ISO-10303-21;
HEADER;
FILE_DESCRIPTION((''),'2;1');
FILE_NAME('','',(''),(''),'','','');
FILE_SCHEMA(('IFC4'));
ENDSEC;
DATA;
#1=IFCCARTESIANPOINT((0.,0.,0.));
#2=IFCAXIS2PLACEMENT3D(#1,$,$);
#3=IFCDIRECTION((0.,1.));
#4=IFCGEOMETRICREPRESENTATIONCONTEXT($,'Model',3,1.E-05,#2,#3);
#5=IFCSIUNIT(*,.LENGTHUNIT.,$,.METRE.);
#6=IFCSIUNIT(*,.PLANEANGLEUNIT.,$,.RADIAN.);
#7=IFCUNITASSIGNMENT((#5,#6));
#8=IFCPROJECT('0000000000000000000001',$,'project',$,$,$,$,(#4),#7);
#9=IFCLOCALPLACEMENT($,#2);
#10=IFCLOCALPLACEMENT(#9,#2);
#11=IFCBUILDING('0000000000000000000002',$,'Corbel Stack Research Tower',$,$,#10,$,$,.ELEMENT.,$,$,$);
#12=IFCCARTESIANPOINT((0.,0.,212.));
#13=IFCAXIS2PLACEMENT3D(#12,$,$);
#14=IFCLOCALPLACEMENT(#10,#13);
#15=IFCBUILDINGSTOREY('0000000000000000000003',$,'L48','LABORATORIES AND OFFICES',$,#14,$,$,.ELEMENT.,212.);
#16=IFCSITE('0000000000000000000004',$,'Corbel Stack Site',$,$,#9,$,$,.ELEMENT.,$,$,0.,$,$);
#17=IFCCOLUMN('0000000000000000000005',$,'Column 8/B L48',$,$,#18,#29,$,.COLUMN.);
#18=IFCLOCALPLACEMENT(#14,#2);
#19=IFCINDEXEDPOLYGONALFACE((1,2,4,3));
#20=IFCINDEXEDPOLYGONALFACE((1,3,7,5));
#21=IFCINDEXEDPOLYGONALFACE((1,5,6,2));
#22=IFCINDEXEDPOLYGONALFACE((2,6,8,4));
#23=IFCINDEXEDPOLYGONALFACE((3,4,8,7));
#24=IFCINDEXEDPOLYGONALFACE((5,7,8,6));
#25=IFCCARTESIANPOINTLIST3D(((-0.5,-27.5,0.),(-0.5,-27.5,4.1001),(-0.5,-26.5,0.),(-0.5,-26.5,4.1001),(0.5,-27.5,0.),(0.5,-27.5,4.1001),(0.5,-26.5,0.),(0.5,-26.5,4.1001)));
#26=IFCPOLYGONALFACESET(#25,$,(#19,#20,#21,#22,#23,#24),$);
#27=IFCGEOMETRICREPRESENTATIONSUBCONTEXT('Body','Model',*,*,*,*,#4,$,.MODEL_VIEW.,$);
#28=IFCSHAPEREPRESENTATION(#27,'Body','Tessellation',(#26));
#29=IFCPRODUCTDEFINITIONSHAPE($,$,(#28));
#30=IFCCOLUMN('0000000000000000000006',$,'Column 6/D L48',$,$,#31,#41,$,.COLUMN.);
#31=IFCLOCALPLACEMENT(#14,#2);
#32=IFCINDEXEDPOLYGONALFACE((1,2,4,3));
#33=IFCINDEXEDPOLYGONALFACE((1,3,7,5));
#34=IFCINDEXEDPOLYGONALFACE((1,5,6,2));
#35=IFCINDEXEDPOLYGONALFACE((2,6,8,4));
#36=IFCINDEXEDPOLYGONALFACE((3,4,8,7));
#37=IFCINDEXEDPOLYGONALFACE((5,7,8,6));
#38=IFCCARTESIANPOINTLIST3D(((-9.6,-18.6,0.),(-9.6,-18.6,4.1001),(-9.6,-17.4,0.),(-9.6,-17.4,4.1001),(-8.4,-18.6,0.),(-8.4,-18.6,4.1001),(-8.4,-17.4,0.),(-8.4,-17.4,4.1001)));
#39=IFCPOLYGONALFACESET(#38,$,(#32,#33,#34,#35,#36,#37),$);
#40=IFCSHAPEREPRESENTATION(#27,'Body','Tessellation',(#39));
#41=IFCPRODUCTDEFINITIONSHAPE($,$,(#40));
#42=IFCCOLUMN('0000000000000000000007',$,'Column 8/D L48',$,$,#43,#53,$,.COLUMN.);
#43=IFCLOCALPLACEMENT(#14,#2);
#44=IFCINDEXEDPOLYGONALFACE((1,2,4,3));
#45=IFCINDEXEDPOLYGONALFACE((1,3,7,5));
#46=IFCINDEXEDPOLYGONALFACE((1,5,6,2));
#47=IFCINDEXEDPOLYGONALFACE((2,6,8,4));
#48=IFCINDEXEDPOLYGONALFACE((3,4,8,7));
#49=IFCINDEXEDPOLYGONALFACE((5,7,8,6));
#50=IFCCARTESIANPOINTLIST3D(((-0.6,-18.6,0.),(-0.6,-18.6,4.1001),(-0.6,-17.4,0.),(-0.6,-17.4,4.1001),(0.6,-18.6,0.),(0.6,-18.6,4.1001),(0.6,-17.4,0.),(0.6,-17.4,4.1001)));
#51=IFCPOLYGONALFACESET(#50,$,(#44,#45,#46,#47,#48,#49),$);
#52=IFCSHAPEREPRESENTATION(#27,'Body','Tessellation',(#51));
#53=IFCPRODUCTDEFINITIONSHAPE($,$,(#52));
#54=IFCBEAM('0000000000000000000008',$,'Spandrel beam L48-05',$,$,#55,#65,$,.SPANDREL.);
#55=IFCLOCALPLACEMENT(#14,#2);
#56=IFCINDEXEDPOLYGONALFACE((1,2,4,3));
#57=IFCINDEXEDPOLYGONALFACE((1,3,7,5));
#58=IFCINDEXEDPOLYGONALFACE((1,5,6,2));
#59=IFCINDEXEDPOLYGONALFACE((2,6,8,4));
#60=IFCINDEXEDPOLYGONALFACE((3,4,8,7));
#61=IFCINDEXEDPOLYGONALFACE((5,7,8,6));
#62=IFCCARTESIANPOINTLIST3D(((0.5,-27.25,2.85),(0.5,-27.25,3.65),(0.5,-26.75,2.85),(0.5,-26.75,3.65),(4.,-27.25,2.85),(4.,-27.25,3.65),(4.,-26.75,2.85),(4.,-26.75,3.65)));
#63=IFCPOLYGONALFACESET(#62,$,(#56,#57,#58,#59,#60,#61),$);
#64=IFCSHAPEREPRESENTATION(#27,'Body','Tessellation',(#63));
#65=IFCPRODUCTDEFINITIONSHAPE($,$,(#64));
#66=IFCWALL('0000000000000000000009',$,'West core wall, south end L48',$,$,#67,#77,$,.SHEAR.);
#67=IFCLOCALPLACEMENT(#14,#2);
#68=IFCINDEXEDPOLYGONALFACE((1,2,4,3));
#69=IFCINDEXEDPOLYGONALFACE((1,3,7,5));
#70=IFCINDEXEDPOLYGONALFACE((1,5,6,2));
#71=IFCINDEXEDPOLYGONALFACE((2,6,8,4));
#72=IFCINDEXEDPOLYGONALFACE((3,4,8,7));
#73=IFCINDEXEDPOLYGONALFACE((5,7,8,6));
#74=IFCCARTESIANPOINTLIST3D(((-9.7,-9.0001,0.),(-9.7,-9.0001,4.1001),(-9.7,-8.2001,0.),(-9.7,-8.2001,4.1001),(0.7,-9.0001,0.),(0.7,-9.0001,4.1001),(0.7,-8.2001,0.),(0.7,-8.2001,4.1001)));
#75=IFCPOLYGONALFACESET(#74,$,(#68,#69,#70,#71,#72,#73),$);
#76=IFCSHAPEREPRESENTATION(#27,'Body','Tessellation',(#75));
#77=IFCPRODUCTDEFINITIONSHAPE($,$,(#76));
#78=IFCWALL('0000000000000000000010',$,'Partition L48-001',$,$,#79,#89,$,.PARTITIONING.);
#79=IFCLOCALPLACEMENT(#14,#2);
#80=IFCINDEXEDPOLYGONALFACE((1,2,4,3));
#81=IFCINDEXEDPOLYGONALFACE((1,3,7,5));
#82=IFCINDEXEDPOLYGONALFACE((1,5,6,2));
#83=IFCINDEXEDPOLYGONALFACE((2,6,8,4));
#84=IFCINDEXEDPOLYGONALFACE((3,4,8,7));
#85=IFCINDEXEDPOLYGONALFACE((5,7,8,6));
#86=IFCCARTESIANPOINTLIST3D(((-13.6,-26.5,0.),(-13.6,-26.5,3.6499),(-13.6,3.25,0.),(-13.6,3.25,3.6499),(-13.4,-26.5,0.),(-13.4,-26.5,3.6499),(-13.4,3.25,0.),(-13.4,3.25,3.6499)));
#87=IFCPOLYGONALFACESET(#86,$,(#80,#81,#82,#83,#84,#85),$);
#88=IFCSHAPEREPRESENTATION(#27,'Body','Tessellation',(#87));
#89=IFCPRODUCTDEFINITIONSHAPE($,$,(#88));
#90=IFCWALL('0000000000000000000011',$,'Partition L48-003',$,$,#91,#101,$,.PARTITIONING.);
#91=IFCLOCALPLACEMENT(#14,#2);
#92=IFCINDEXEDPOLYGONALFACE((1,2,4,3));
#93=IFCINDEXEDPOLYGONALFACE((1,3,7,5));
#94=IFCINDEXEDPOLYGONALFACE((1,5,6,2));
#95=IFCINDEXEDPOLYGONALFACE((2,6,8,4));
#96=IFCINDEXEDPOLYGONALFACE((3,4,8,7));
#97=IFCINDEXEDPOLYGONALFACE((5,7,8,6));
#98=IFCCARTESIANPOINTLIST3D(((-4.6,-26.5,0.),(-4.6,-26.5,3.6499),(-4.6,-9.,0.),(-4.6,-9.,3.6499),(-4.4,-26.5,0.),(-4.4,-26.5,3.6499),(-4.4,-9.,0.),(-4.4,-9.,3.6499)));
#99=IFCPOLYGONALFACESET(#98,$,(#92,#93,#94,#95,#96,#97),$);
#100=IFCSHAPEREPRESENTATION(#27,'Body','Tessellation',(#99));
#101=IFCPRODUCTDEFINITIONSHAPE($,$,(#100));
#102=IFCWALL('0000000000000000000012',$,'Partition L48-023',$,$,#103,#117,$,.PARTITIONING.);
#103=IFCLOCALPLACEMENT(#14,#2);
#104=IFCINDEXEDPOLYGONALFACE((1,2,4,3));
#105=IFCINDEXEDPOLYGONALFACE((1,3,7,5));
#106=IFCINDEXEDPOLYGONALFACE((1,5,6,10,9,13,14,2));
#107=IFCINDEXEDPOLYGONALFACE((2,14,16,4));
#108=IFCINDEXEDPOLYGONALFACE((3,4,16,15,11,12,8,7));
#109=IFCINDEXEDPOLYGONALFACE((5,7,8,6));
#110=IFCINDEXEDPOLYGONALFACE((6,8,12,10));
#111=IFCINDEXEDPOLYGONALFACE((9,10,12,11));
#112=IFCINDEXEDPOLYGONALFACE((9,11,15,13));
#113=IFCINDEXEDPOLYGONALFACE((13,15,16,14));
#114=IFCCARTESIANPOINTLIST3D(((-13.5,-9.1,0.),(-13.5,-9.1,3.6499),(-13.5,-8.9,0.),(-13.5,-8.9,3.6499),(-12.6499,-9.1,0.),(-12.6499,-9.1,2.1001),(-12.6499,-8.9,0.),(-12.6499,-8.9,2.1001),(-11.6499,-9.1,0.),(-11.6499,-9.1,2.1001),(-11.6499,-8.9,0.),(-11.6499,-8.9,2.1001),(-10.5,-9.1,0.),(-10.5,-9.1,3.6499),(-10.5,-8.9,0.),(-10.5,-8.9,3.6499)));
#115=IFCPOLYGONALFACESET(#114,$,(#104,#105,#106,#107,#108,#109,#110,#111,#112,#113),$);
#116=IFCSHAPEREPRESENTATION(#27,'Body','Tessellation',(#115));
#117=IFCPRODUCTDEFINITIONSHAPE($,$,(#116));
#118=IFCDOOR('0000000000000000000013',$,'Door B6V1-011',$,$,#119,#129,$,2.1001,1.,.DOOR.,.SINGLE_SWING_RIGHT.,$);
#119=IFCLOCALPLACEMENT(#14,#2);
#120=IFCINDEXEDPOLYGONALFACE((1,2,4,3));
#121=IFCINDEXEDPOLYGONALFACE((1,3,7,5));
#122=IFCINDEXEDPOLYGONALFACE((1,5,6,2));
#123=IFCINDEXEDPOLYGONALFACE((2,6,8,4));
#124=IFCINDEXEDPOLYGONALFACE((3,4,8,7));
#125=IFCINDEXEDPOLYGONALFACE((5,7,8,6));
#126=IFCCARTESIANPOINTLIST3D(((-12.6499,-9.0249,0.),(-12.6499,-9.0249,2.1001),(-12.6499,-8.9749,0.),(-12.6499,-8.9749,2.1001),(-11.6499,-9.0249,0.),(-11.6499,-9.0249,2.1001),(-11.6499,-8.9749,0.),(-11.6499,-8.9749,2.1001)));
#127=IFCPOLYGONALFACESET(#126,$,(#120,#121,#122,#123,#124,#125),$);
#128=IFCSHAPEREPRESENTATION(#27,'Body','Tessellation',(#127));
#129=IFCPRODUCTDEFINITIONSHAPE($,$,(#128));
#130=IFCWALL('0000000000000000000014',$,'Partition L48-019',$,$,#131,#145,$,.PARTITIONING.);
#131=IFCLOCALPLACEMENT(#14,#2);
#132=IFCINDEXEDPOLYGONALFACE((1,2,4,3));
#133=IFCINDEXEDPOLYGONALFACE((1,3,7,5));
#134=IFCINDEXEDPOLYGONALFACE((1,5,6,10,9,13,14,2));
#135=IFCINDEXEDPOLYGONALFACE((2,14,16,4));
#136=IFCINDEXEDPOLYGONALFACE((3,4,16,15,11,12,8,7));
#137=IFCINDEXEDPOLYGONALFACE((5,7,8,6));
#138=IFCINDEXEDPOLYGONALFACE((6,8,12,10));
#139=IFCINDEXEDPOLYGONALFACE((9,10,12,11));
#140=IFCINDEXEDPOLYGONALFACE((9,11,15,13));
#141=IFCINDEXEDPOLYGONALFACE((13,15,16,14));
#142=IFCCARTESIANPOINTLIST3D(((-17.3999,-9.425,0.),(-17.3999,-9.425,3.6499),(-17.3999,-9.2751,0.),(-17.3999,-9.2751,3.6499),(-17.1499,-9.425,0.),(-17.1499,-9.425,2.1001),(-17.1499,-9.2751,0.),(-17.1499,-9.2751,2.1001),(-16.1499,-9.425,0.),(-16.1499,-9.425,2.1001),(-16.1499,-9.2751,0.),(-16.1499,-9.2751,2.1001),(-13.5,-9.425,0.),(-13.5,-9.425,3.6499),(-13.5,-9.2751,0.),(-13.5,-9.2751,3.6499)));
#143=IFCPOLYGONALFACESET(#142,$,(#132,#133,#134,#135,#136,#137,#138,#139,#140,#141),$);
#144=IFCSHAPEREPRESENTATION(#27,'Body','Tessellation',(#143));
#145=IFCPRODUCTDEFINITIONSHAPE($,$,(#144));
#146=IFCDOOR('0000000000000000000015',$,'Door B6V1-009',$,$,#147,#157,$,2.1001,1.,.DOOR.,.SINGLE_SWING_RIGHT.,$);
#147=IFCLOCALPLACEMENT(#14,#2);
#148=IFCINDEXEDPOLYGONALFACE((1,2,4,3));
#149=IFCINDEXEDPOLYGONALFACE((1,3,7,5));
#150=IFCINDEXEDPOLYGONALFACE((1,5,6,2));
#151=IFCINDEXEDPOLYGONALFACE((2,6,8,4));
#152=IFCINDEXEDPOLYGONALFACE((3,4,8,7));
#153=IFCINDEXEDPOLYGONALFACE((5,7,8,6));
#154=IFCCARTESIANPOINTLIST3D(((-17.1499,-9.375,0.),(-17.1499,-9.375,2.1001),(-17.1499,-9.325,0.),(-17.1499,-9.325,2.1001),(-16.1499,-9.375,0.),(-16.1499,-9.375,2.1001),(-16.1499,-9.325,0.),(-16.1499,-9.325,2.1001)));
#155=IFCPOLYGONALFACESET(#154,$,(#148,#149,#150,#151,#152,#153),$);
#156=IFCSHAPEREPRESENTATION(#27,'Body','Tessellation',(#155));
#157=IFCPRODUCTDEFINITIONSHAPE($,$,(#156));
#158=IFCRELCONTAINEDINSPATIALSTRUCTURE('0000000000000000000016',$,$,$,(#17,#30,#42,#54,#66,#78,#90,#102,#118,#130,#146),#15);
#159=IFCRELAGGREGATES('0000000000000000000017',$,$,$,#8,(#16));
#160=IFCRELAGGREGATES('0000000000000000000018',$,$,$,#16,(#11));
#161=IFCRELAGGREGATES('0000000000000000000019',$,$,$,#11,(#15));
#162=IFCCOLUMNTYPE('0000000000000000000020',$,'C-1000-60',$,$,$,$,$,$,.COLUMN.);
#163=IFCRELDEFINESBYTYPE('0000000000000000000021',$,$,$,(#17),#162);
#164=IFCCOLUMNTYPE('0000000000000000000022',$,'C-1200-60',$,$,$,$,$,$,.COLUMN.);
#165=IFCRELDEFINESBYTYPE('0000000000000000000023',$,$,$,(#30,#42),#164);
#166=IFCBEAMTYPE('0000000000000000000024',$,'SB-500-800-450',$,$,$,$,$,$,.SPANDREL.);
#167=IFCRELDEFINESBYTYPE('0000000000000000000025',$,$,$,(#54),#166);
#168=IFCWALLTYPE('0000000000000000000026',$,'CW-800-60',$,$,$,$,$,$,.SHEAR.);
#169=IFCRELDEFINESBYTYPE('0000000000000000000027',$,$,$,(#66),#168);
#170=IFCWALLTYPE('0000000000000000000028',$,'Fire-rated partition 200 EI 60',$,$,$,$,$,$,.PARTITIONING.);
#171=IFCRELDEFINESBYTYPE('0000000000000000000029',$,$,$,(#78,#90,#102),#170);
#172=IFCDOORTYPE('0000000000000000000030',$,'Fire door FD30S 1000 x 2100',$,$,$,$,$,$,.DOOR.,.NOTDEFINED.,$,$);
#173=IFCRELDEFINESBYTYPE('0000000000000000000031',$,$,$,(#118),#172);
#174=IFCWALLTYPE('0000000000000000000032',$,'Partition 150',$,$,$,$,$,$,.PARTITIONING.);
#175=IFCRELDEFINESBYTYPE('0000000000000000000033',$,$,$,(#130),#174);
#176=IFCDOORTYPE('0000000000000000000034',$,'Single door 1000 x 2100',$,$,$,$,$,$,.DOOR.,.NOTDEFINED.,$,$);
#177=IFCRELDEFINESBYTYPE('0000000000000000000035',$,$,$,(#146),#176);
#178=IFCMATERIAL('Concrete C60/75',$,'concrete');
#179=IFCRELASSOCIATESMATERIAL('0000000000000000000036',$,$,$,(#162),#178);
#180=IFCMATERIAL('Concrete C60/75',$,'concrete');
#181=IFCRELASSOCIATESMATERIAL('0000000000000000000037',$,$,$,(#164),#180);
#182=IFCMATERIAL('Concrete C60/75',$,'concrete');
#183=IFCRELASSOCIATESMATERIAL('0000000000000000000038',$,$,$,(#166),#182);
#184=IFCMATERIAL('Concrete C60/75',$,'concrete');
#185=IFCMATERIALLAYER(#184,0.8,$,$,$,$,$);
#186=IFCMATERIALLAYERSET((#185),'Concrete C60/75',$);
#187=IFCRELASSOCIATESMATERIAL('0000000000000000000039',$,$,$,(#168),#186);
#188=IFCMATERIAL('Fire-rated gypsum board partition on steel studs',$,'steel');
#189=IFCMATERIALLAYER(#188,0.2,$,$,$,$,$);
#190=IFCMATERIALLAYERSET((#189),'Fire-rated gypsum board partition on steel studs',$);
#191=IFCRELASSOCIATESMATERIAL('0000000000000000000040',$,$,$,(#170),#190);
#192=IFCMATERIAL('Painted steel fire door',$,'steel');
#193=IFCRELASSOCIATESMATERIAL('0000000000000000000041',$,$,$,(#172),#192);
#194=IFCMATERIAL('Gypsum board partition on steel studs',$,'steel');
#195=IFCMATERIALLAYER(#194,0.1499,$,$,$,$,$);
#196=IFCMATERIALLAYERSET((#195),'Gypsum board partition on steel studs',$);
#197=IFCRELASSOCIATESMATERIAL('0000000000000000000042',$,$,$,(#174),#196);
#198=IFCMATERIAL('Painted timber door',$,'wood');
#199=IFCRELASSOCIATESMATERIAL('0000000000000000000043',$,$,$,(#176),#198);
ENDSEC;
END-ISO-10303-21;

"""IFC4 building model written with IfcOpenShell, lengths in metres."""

from ifc_helpers import new_model, si_unit, direction, frame, frame_2d, origin, origin_2d, place, context, subcontext, project, spatial, rectangle, extrude, material, layer, layer_set, material_profile, profile_set, type_object, element, fill, save


model = new_model("IFC4")

# Units and contexts
model_context = context("Model", 3, precision=1e-05, world=origin(), true_north=direction((0.0, 1.0)))
body_context = subcontext(model_context, "Body", "Model", "MODEL_VIEW")
ifc_project = project(units=[si_unit("LENGTHUNIT", "METRE"), si_unit("PLANEANGLEUNIT", "RADIAN")], contexts=[model_context])

# Site, building, storey
site_placement = place(None, origin())
site = spatial("IfcSite", under=ifc_project, at=site_placement, Name="Corbel Stack Site", CompositionType="ELEMENT", RefElevation=0.0)
building_placement = place(site_placement, origin())
building = spatial("IfcBuilding", under=site, at=building_placement, Name="Corbel Stack Research Tower", CompositionType="ELEMENT")
storey_placement = place(building_placement, frame((0.0, 0.0, 212.0)))
storey = spatial("IfcBuildingStorey", under=building, at=storey_placement, Name="L48", Description="LABORATORIES AND OFFICES", CompositionType="ELEMENT", Elevation=212.0)

# Columns
ifc_material_1 = material(Name="Concrete C60/75", Category="concrete")
ifc_material_profile_1 = material_profile(ifc_material_1, rectangle(XDim=1.0, YDim=1.0, at=origin_2d()), Name="RC 1000 x 1000")
ifc_profile_set_1 = profile_set([ifc_material_profile_1], Name="Concrete C60/75")
column_type_1 = type_object("IfcColumnType", Name="C-1000-60", PredefinedType="COLUMN", material=ifc_profile_set_1)
column_placement = place(storey_placement, frame((0.0, -27.0, 0.0), z_axis=(0.0, 0.0, 1.0), x_axis=(1.0, 0.0, 0.0)))
element("IfcColumn", 1, at=column_placement, inside=storey, type_object=column_type_1, Name="Column 8/B L48", PredefinedType="COLUMN", context=body_context, shape_type="SweptSolid", body=[
    extrude(rectangle(XDim=1.0, YDim=1.0, at=origin_2d()), origin(), (0.0, 0.0, 1.0), 4.1001),
])
ifc_material_2 = material(Name="Concrete C60/75", Category="concrete")
ifc_material_profile_2 = material_profile(ifc_material_2, rectangle(XDim=1.2, YDim=1.2, at=origin_2d()), Name="RC 1200 x 1200")
ifc_profile_set_2 = profile_set([ifc_material_profile_2], Name="Concrete C60/75")
column_type_2 = type_object("IfcColumnType", Name="C-1200-60", PredefinedType="COLUMN", material=ifc_profile_set_2)
for number, where, z_axis, x_axis, name in (
    (2, (-9.0, -18.0, 0.0), (0.0, 0.0, 1.0), (1.0, 0.0, 0.0), "Column 6/D L48"),
    (3, (0.0, -18.0, 0.0), (0.0, 0.0, 1.0), (1.0, 0.0, 0.0), "Column 8/D L48"),
):
    element("IfcColumn", number, at=place(storey_placement, frame(where, z_axis=z_axis, x_axis=x_axis)), inside=storey, type_object=column_type_2, Name=name, PredefinedType="COLUMN", context=body_context, shape_type="SweptSolid", body=[
        extrude(rectangle(XDim=1.2, YDim=1.2, at=origin_2d()), origin(), (0.0, 0.0, 1.0), 4.1001),
    ])

# Beam
ifc_material_3 = material(Name="Concrete C60/75", Category="concrete")
ifc_material_profile_3 = material_profile(ifc_material_3, rectangle(XDim=0.5, YDim=0.8, at=origin_2d()), Name="RC 500 x 800")
ifc_profile_set_3 = profile_set([ifc_material_profile_3], Name="Concrete C60/75")
beam_type = type_object("IfcBeamType", Name="SB-500-800-450", PredefinedType="SPANDREL", material=ifc_profile_set_3)
beam_placement = place(storey_placement, frame((0.5, -27.0, 3.25), z_axis=(1.0, 0.0, 0.0), x_axis=(0.0, 1.0, 0.0)))
element("IfcBeam", 4, at=beam_placement, inside=storey, type_object=beam_type, Name="Spandrel beam L48-05", PredefinedType="SPANDREL", context=body_context, shape_type="SweptSolid", body=[
    extrude(rectangle(XDim=0.5, YDim=0.8, at=origin_2d()), origin(), (0.0, 0.0, 1.0), 3.5),
])

# Shared definitions
ifc_material_4 = material(Name="Concrete C60/75", Category="concrete")
ifc_layer_1 = layer(ifc_material_4, 0.8)
ifc_layer_set_1 = layer_set([ifc_layer_1], Name="Concrete C60/75")
wall_type_1 = type_object("IfcWallType", Name="CW-800-60", PredefinedType="SHEAR", material=ifc_layer_set_1)

# Walls
wall_1_placement = place(storey_placement, frame((-9.7, -8.6001, 0.0), z_axis=(0.0, 0.0, 1.0), x_axis=(1.0, 0.0, 0.0)))
element("IfcWall", 5, at=wall_1_placement, inside=storey, type_object=wall_type_1, Name="West core wall, south end L48", PredefinedType="SHEAR", context=body_context, shape_type="SweptSolid", body=[
    extrude(rectangle(XDim=10.3999, YDim=0.8, at=frame_2d((5.2, 0.0))), origin(), (0.0, 0.0, 1.0), 4.1001),
])
ifc_material_5 = material(Name="Fire-rated gypsum board partition on steel studs", Category="steel")
ifc_layer_2 = layer(ifc_material_5, 0.2)
ifc_layer_set_2 = layer_set([ifc_layer_2], Name="Fire-rated gypsum board partition on steel studs")
wall_type_2 = type_object("IfcWallType", Name="Fire-rated partition 200 EI 60", PredefinedType="PARTITIONING", material=ifc_layer_set_2)
wall_2_placement = place(storey_placement, frame((-13.5, -26.5, 0.0), z_axis=(0.0, 0.0, 1.0), x_axis=(0.0, 1.0, 0.0)))
element("IfcWall", 6, at=wall_2_placement, inside=storey, type_object=wall_type_2, Name="Partition L48-001", PredefinedType="PARTITIONING", context=body_context, shape_type="SweptSolid", body=[
    extrude(rectangle(XDim=29.75, YDim=0.2, at=frame_2d((14.875, 0.0))), origin(), (0.0, 0.0, 1.0), 3.6499),
])
wall_3_placement = place(storey_placement, frame((-4.5, -26.5, 0.0), z_axis=(0.0, 0.0, 1.0), x_axis=(0.0, 1.0, 0.0)))
element("IfcWall", 7, at=wall_3_placement, inside=storey, type_object=wall_type_2, Name="Partition L48-003", PredefinedType="PARTITIONING", context=body_context, shape_type="SweptSolid", body=[
    extrude(rectangle(XDim=17.5, YDim=0.2, at=frame_2d((8.75, 0.0))), origin(), (0.0, 0.0, 1.0), 3.6499),
])

# Walls, openings, doors
wall_4_placement = place(storey_placement, frame((-10.5, -9.0, 0.0), z_axis=(0.0, 0.0, 1.0), x_axis=(-1.0, 0.0, 0.0)))
wall_4 = element("IfcWall", 8, at=wall_4_placement, inside=storey, type_object=wall_type_2, Name="Partition L48-023", PredefinedType="PARTITIONING", context=body_context, shape_type="SweptSolid", body=[
    extrude(rectangle(XDim=3.0, YDim=0.2, at=frame_2d((1.5, 0.0))), origin(), (0.0, 0.0, 1.0), 3.6499),
])
opening_1_placement = place(wall_4_placement, frame((1.1499, 0.0, 0.0)))
opening_1 = element("IfcOpeningElement", 9, at=opening_1_placement, cuts=wall_4, PredefinedType="OPENING", context=body_context, shape_type="SweptSolid", body=[
    extrude(rectangle(XDim=1.0, YDim=2.1001, at=frame_2d((0.5, 1.05))), frame((0.0, 0.1099, 0.0), z_axis=(0.0, -1.0, 0.0), x_axis=(1.0, 0.0, 0.0)), (0.0, 0.0, 1.0), 0.22),
])
ifc_material_6 = material(Name="Painted steel fire door", Category="steel")
door_type_1 = type_object("IfcDoorType", Name="Fire door FD30S 1000 x 2100", OperationType="NOTDEFINED", PredefinedType="DOOR", material=ifc_material_6)
door_1_placement = place(opening_1_placement, origin())
door_1 = element("IfcDoor", 10, at=door_1_placement, inside=storey, type_object=door_type_1, Name="Door B6V1-011", OperationType="SINGLE_SWING_RIGHT", OverallHeight=2.1001, OverallWidth=1.0, PredefinedType="DOOR", context=body_context, shape_type="SweptSolid", body=[
    extrude(rectangle(XDim=1.0, YDim=2.1001, at=frame_2d((0.5, 1.05))), frame((0.0, 0.0249, 0.0), z_axis=(0.0, -1.0, 0.0), x_axis=(1.0, 0.0, 0.0)), (0.0, 0.0, 1.0), 0.05),
])
fill(opening_1, door_1)
ifc_material_7 = material(Name="Gypsum board partition on steel studs", Category="steel")
ifc_layer_3 = layer(ifc_material_7, 0.1499)
ifc_layer_set_3 = layer_set([ifc_layer_3], Name="Gypsum board partition on steel studs")
wall_type_3 = type_object("IfcWallType", Name="Partition 150", PredefinedType="PARTITIONING", material=ifc_layer_set_3)
wall_5_placement = place(storey_placement, frame((-13.5, -9.3501, 0.0), z_axis=(0.0, 0.0, 1.0), x_axis=(-1.0, 0.0, 0.0)))
wall_5 = element("IfcWall", 11, at=wall_5_placement, inside=storey, type_object=wall_type_3, Name="Partition L48-019", PredefinedType="PARTITIONING", context=body_context, shape_type="SweptSolid", body=[
    extrude(rectangle(XDim=3.8999, YDim=0.1499, at=frame_2d((1.95, 0.0))), origin(), (0.0, 0.0, 1.0), 3.6499),
])
opening_2_placement = place(wall_5_placement, frame((2.6499, 0.0, 0.0)))
opening_2 = element("IfcOpeningElement", 12, at=opening_2_placement, cuts=wall_5, PredefinedType="OPENING", context=body_context, shape_type="SweptSolid", body=[
    extrude(rectangle(XDim=1.0, YDim=2.1001, at=frame_2d((0.5, 1.05))), frame((0.0, 0.085, 0.0), z_axis=(0.0, -1.0, 0.0), x_axis=(1.0, 0.0, 0.0)), (0.0, 0.0, 1.0), 0.1699),
])
ifc_material_8 = material(Name="Painted timber door", Category="wood")
door_type_2 = type_object("IfcDoorType", Name="Single door 1000 x 2100", OperationType="NOTDEFINED", PredefinedType="DOOR", material=ifc_material_8)
door_2_placement = place(opening_2_placement, origin())
door_2 = element("IfcDoor", 13, at=door_2_placement, inside=storey, type_object=door_type_2, Name="Door B6V1-009", OperationType="SINGLE_SWING_RIGHT", OverallHeight=2.1001, OverallWidth=1.0, PredefinedType="DOOR", context=body_context, shape_type="SweptSolid", body=[
    extrude(rectangle(XDim=1.0, YDim=2.1001, at=frame_2d((0.5, 1.05))), frame((0.0, 0.0249, 0.0), z_axis=(0.0, -1.0, 0.0), x_axis=(1.0, 0.0, 0.0)), (0.0, 0.0, 1.0), 0.05),
])
fill(opening_2, door_2)

save(model, "model.ifc")
